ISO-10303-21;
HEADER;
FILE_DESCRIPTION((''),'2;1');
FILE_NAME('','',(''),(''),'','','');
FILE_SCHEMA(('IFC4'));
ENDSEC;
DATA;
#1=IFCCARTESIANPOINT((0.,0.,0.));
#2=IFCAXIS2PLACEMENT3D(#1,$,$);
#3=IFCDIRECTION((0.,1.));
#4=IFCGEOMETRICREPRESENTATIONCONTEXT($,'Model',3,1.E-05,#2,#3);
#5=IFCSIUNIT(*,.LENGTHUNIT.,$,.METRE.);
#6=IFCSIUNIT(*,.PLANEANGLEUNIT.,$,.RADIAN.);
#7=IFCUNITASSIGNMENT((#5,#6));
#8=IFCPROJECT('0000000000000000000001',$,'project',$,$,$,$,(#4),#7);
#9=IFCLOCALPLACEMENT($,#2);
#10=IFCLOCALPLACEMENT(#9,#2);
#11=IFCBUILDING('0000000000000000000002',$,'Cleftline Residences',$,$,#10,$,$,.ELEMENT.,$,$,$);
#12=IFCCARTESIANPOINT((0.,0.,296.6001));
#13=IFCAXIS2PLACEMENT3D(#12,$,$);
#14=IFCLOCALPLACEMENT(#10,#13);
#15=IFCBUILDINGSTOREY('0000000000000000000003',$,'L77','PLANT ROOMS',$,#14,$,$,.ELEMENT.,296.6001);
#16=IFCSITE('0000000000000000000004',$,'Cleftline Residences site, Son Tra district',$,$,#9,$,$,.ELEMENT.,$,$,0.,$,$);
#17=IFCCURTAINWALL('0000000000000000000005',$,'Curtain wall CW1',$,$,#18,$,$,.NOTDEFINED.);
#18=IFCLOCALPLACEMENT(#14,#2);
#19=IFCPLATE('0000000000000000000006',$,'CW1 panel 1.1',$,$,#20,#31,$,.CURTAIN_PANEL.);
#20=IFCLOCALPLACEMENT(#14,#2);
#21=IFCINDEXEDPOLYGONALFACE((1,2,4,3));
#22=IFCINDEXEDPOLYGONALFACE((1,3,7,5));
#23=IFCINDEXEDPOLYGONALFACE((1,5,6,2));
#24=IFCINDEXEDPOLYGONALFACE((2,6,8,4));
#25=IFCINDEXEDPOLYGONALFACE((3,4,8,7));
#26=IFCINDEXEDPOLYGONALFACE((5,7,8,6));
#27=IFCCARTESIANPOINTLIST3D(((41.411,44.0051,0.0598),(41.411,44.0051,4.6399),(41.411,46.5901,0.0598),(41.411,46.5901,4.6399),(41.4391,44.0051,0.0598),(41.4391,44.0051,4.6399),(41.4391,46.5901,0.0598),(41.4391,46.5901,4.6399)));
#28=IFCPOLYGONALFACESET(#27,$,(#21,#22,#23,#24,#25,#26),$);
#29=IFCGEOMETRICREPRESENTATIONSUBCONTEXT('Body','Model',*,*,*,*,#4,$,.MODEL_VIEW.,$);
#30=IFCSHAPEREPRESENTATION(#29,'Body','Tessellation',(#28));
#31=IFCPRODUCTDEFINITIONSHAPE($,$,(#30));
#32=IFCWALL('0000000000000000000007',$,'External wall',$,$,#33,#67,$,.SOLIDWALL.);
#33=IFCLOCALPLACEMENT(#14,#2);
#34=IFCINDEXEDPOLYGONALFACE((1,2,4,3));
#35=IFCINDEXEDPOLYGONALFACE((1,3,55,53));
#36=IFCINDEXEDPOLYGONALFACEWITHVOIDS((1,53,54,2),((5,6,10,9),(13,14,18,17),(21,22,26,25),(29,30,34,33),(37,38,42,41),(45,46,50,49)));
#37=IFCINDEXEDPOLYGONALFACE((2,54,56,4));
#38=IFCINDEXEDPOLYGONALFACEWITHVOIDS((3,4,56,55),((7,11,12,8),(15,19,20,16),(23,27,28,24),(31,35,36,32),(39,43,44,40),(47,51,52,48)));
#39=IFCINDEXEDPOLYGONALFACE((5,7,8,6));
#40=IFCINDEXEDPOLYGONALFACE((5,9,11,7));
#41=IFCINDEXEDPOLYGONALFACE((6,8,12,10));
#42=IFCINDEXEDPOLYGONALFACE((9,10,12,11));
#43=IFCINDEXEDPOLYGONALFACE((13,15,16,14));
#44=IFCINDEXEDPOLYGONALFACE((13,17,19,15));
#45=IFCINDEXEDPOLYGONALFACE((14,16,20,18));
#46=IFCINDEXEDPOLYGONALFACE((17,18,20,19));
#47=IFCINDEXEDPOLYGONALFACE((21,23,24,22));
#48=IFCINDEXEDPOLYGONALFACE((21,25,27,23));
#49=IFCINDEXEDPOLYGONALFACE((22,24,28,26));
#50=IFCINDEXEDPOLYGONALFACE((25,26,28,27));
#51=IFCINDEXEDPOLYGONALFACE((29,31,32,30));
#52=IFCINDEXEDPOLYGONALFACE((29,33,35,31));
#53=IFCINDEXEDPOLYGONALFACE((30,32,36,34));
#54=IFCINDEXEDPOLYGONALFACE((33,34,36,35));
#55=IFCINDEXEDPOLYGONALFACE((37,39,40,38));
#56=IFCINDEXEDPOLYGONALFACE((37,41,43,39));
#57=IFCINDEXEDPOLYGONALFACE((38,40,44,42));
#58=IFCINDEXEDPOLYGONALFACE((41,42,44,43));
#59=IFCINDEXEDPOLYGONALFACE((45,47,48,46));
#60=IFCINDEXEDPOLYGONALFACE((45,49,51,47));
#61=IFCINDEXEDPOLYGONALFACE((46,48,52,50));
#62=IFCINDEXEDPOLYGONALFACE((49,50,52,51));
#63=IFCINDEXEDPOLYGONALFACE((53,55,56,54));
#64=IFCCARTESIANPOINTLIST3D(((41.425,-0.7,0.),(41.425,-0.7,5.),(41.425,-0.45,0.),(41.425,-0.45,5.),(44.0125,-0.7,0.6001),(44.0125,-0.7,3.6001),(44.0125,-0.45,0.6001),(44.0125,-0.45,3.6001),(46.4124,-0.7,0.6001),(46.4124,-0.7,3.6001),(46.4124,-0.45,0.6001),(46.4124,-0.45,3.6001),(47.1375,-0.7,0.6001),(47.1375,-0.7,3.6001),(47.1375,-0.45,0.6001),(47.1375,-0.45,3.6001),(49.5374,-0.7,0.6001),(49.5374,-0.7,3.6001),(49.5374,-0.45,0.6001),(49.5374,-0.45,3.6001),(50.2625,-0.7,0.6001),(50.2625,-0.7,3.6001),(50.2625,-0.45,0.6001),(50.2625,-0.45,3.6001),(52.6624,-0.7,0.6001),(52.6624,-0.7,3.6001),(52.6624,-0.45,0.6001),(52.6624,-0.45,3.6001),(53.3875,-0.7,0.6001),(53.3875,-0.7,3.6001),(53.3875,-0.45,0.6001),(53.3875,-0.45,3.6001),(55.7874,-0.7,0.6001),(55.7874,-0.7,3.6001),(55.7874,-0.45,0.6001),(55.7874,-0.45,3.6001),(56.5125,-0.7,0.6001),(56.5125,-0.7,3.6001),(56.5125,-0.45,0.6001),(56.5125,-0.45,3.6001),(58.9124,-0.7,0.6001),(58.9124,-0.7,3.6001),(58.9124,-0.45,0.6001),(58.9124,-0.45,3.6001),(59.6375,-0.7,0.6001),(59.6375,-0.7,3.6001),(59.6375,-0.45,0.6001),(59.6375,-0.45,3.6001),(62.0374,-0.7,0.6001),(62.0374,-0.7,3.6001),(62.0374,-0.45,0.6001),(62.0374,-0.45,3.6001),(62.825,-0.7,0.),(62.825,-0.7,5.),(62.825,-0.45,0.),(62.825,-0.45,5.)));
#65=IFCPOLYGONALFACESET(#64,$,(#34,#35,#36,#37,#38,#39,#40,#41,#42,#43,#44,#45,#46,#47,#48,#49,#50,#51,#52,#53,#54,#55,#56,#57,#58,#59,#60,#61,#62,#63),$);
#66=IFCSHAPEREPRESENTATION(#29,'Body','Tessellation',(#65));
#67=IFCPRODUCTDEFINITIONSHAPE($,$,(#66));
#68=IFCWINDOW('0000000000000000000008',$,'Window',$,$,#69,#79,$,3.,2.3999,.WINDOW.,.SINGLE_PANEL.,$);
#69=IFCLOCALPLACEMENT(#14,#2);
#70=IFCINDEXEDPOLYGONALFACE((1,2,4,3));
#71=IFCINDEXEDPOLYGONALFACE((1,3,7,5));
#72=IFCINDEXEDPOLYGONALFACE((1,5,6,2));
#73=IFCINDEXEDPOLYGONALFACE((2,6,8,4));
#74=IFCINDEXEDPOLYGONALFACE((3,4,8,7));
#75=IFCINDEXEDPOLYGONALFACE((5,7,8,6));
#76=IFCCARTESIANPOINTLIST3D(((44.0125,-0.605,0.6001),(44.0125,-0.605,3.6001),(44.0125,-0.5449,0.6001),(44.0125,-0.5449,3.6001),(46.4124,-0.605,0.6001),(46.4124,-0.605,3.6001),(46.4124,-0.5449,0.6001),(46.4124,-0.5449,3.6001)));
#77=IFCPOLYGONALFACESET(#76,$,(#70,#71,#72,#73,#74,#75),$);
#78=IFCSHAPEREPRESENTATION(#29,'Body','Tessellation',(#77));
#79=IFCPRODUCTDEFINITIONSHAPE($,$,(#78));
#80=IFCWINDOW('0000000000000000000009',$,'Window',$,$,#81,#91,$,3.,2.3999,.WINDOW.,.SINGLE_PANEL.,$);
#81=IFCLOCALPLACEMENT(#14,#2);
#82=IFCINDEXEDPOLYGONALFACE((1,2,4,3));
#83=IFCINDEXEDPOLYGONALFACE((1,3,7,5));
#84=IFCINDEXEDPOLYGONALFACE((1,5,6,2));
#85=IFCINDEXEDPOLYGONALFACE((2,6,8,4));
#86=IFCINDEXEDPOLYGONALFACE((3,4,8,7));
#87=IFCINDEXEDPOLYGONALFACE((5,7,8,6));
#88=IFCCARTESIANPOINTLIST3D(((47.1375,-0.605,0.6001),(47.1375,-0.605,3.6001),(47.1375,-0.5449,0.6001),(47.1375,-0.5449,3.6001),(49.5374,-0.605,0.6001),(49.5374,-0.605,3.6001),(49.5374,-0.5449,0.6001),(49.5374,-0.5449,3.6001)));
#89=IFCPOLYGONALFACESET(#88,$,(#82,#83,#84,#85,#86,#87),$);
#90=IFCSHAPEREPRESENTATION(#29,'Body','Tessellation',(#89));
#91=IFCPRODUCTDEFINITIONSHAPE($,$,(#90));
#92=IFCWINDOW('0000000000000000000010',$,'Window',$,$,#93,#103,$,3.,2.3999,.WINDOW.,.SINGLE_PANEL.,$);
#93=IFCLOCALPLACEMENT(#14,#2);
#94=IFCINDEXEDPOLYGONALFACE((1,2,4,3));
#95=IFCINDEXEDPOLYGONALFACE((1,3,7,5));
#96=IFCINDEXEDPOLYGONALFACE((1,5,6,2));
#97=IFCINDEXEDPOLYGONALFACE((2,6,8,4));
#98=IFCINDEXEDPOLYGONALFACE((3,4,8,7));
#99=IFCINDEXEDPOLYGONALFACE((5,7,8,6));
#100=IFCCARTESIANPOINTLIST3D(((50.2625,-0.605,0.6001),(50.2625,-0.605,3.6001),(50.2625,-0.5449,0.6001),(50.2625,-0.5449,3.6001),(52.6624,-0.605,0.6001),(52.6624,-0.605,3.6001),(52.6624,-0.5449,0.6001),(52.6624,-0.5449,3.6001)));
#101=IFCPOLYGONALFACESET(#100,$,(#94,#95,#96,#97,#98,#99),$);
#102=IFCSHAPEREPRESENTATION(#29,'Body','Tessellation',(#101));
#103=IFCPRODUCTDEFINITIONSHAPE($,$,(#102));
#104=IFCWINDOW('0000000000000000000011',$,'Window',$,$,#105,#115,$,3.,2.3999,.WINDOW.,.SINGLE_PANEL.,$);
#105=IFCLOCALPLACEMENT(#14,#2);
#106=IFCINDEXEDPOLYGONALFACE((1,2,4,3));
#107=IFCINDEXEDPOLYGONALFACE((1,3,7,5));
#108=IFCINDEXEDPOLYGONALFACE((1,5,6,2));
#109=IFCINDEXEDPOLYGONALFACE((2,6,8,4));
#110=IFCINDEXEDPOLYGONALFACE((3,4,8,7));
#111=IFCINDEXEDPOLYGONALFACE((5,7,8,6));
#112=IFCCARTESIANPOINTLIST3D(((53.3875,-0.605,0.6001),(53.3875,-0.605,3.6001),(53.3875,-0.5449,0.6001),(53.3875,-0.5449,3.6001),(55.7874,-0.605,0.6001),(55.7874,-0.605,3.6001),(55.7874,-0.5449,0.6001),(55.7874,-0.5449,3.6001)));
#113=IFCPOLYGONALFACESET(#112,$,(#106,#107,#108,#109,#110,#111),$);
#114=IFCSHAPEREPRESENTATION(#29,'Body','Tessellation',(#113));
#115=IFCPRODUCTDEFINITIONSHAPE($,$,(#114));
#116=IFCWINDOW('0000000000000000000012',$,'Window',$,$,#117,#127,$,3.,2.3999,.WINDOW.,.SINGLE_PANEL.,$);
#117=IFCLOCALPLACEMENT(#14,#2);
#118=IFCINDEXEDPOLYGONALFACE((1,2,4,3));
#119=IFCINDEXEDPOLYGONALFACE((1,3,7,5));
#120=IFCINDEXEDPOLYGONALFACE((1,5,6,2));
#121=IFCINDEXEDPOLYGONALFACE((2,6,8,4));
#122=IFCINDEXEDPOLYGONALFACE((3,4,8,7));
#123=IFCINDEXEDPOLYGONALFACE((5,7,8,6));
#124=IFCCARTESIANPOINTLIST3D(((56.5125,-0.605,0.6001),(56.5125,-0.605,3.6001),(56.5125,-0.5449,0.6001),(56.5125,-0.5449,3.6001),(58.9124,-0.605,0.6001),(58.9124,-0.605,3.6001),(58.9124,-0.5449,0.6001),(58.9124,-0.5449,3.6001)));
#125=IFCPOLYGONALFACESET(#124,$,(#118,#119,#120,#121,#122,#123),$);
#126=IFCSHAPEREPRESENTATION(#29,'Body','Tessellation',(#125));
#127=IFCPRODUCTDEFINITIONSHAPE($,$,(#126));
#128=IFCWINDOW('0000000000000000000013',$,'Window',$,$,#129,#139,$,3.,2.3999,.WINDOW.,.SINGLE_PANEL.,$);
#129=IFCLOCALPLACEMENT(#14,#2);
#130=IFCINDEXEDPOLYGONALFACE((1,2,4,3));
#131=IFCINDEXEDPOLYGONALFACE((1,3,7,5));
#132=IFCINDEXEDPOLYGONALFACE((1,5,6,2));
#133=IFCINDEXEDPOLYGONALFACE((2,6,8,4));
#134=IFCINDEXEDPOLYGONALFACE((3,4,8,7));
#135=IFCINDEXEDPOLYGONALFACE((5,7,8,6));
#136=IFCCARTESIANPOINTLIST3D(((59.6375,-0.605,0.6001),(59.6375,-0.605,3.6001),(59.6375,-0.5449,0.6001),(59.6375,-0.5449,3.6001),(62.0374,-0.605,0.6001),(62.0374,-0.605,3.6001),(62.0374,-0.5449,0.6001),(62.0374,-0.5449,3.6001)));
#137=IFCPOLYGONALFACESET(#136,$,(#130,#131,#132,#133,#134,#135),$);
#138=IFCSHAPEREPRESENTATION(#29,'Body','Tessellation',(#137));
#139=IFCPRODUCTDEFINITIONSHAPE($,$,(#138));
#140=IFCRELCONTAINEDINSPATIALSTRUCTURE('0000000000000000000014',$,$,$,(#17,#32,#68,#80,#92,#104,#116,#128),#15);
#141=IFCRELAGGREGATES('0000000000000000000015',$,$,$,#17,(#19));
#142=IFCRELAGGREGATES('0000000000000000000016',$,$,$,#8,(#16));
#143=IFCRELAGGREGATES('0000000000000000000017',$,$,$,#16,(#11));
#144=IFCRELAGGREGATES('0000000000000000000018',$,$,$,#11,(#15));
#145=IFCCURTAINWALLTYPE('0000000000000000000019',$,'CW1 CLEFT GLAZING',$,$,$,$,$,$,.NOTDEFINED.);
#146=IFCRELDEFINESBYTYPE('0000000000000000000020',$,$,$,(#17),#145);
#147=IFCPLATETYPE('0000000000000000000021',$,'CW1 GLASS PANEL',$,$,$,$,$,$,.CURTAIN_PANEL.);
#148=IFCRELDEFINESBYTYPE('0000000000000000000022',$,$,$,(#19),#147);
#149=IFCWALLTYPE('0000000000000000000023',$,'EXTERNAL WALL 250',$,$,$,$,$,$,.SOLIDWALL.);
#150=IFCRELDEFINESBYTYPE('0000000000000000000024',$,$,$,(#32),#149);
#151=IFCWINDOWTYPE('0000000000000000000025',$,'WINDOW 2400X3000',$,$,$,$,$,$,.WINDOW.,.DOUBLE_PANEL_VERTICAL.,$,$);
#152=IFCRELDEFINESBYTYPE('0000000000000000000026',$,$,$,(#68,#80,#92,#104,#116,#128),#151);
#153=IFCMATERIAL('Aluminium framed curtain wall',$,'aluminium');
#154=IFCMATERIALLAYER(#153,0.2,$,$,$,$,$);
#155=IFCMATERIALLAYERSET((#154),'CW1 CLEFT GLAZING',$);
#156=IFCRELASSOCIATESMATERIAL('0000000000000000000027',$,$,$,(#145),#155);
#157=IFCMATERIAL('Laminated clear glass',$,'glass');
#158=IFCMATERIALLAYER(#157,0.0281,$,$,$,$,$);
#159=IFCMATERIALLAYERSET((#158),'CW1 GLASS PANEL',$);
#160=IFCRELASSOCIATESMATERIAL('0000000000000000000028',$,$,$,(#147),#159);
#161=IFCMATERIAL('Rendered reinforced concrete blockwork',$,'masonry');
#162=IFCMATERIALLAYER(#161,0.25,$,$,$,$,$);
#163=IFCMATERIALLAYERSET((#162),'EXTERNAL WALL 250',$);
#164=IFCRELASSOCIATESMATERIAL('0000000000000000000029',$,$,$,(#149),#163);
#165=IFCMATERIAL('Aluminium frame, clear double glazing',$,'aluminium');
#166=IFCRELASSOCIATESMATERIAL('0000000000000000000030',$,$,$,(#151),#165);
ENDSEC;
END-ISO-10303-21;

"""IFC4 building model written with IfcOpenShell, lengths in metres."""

from ifc_helpers import new_model, si_unit, direction, frame, frame_2d, origin, origin_2d, place, context, subcontext, project, spatial, rectangle, extrude, material, layer, layer_set, type_object, element, fill, aggregate, save


model = new_model("IFC4")

# Units and contexts
model_context = context("Model", 3, precision=1e-05, world=origin(), true_north=direction((0.0, 1.0)))
body_context = subcontext(model_context, "Body", "Model", "MODEL_VIEW")
ifc_project = project(units=[si_unit("LENGTHUNIT", "METRE"), si_unit("PLANEANGLEUNIT", "RADIAN")], contexts=[model_context])

# Site, building, storey
site_placement = place(None, origin())
site = spatial("IfcSite", under=ifc_project, at=site_placement, Name="Cleftline Residences site, Son Tra district", CompositionType="ELEMENT", RefElevation=0.0)
building_placement = place(site_placement, origin())
building = spatial("IfcBuilding", under=site, at=building_placement, Name="Cleftline Residences", CompositionType="ELEMENT")
storey_placement = place(building_placement, frame((0.0, 0.0, 296.6001)))
storey = spatial("IfcBuildingStorey", under=building, at=storey_placement, Name="L77", Description="PLANT ROOMS", CompositionType="ELEMENT", Elevation=296.6001)

# Curtain wall
ifc_material_1 = material(Name="Aluminium framed curtain wall", Category="aluminium")
ifc_layer_1 = layer(ifc_material_1, 0.2)
ifc_layer_set_1 = layer_set([ifc_layer_1], Name="CW1 CLEFT GLAZING")
curtain_wall_type = type_object("IfcCurtainWallType", Name="CW1 CLEFT GLAZING", PredefinedType="NOTDEFINED", material=ifc_layer_set_1)
curtain_wall_1_placement = place(storey_placement, origin())
curtain_wall_1 = element("IfcCurtainWall", 1, at=curtain_wall_1_placement, inside=storey, type_object=curtain_wall_type, Name="Curtain wall CW1", PredefinedType="NOTDEFINED")

# Plate
ifc_material_2 = material(Name="Laminated clear glass", Category="glass")
ifc_layer_2 = layer(ifc_material_2, 0.0281)
ifc_layer_set_2 = layer_set([ifc_layer_2], Name="CW1 GLASS PANEL")
plate_type = type_object("IfcPlateType", Name="CW1 GLASS PANEL", PredefinedType="CURTAIN_PANEL", material=ifc_layer_set_2)
plate_1_placement = place(storey_placement, frame((41.425, 45.2976, 0.0598), z_axis=(0.0, 0.0, 1.0), x_axis=(0.0, -1.0, 0.0)))
plate_1 = element("IfcPlate", 2, at=plate_1_placement, type_object=plate_type, Name="CW1 panel 1.1", PredefinedType="CURTAIN_PANEL", context=body_context, shape_type="SweptSolid", body=[
    extrude(rectangle(XDim=2.585, YDim=0.0281, at=origin_2d()), origin(), (0.0, 0.0, 1.0), 4.5801),
])
aggregate(curtain_wall_1, [plate_1])

# Wall, openings, windows
ifc_material_3 = material(Name="Rendered reinforced concrete blockwork", Category="masonry")
ifc_layer_3 = layer(ifc_material_3, 0.25)
ifc_layer_set_3 = layer_set([ifc_layer_3], Name="EXTERNAL WALL 250")
wall_type = type_object("IfcWallType", Name="EXTERNAL WALL 250", PredefinedType="SOLIDWALL", material=ifc_layer_set_3)
wall_placement = place(storey_placement, frame((41.425, -0.575, 0.0), z_axis=(0.0, 0.0, 1.0), x_axis=(1.0, 0.0, 0.0)))
wall = element("IfcWall", 3, at=wall_placement, inside=storey, type_object=wall_type, Name="External wall", PredefinedType="SOLIDWALL", context=body_context, shape_type="SweptSolid", body=[
    extrude(rectangle(XDim=21.3999, YDim=0.25, at=frame_2d((10.7, 0.0))), origin(), (0.0, 0.0, 1.0), 5.0),
])
opening_1_placement = place(wall_placement, frame((2.5874, 0.0, 0.6001)))
opening_1 = element("IfcOpeningElement", 4, at=opening_1_placement, cuts=wall, PredefinedType="OPENING", context=body_context, shape_type="SweptSolid", body=[
    extrude(rectangle(XDim=2.3999, YDim=3.0, at=frame_2d((1.2, 1.5))), frame((0.0, 0.135, 0.0), z_axis=(0.0, -1.0, 0.0), x_axis=(1.0, 0.0, 0.0)), (0.0, 0.0, 1.0), 0.27),
])
opening_2_placement = place(wall_placement, frame((5.7124, 0.0, 0.6001)))
opening_2 = element("IfcOpeningElement", 5, at=opening_2_placement, cuts=wall, PredefinedType="OPENING", context=body_context, shape_type="SweptSolid", body=[
    extrude(rectangle(XDim=2.3999, YDim=3.0, at=frame_2d((1.2, 1.5))), frame((0.0, 0.135, 0.0), z_axis=(0.0, -1.0, 0.0), x_axis=(1.0, 0.0, 0.0)), (0.0, 0.0, 1.0), 0.27),
])
opening_3_placement = place(wall_placement, frame((8.8374, 0.0, 0.6001)))
opening_3 = element("IfcOpeningElement", 6, at=opening_3_placement, cuts=wall, PredefinedType="OPENING", context=body_context, shape_type="SweptSolid", body=[
    extrude(rectangle(XDim=2.3999, YDim=3.0, at=frame_2d((1.2, 1.5))), frame((0.0, 0.135, 0.0), z_axis=(0.0, -1.0, 0.0), x_axis=(1.0, 0.0, 0.0)), (0.0, 0.0, 1.0), 0.27),
])
opening_4_placement = place(wall_placement, frame((11.9624, 0.0, 0.6001)))
opening_4 = element("IfcOpeningElement", 7, at=opening_4_placement, cuts=wall, PredefinedType="OPENING", context=body_context, shape_type="SweptSolid", body=[
    extrude(rectangle(XDim=2.3999, YDim=3.0, at=frame_2d((1.2, 1.5))), frame((0.0, 0.135, 0.0), z_axis=(0.0, -1.0, 0.0), x_axis=(1.0, 0.0, 0.0)), (0.0, 0.0, 1.0), 0.27),
])
opening_5_placement = place(wall_placement, frame((15.0874, 0.0, 0.6001)))
opening_5 = element("IfcOpeningElement", 8, at=opening_5_placement, cuts=wall, PredefinedType="OPENING", context=body_context, shape_type="SweptSolid", body=[
    extrude(rectangle(XDim=2.3999, YDim=3.0, at=frame_2d((1.2, 1.5))), frame((0.0, 0.135, 0.0), z_axis=(0.0, -1.0, 0.0), x_axis=(1.0, 0.0, 0.0)), (0.0, 0.0, 1.0), 0.27),
])
opening_6_placement = place(wall_placement, frame((18.2124, 0.0, 0.6001)))
opening_6 = element("IfcOpeningElement", 9, at=opening_6_placement, cuts=wall, PredefinedType="OPENING", context=body_context, shape_type="SweptSolid", body=[
    extrude(rectangle(XDim=2.3999, YDim=3.0, at=frame_2d((1.2, 1.5))), frame((0.0, 0.135, 0.0), z_axis=(0.0, -1.0, 0.0), x_axis=(1.0, 0.0, 0.0)), (0.0, 0.0, 1.0), 0.27),
])
ifc_material_4 = material(Name="Aluminium frame, clear double glazing", Category="aluminium")
window_type = type_object("IfcWindowType", Name="WINDOW 2400X3000", PartitioningType="DOUBLE_PANEL_VERTICAL", PredefinedType="WINDOW", material=ifc_material_4)
window_1_placement = place(opening_1_placement, origin())
window_1 = element("IfcWindow", 10, at=window_1_placement, inside=storey, type_object=window_type, Name="Window", OverallHeight=3.0, OverallWidth=2.3999, PartitioningType="SINGLE_PANEL", PredefinedType="WINDOW", context=body_context, shape_type="SweptSolid", body=[
    extrude(rectangle(XDim=2.3999, YDim=3.0, at=frame_2d((1.2, 1.5))), frame((0.0, 0.03, 0.0), z_axis=(0.0, -1.0, 0.0), x_axis=(1.0, 0.0, 0.0)), (0.0, 0.0, 1.0), 0.0601),
])
fill(opening_1, window_1)
window_2_placement = place(opening_2_placement, origin())
window_2 = element("IfcWindow", 11, at=window_2_placement, inside=storey, type_object=window_type, Name="Window", OverallHeight=3.0, OverallWidth=2.3999, PartitioningType="SINGLE_PANEL", PredefinedType="WINDOW", context=body_context, shape_type="SweptSolid", body=[
    extrude(rectangle(XDim=2.3999, YDim=3.0, at=frame_2d((1.2, 1.5))), frame((0.0, 0.03, 0.0), z_axis=(0.0, -1.0, 0.0), x_axis=(1.0, 0.0, 0.0)), (0.0, 0.0, 1.0), 0.0601),
])
fill(opening_2, window_2)
window_3_placement = place(opening_3_placement, origin())
window_3 = element("IfcWindow", 12, at=window_3_placement, inside=storey, type_object=window_type, Name="Window", OverallHeight=3.0, OverallWidth=2.3999, PartitioningType="SINGLE_PANEL", PredefinedType="WINDOW", context=body_context, shape_type="SweptSolid", body=[
    extrude(rectangle(XDim=2.3999, YDim=3.0, at=frame_2d((1.2, 1.5))), frame((0.0, 0.03, 0.0), z_axis=(0.0, -1.0, 0.0), x_axis=(1.0, 0.0, 0.0)), (0.0, 0.0, 1.0), 0.0601),
])
fill(opening_3, window_3)
window_4_placement = place(opening_4_placement, origin())
window_4 = element("IfcWindow", 13, at=window_4_placement, inside=storey, type_object=window_type, Name="Window", OverallHeight=3.0, OverallWidth=2.3999, PartitioningType="SINGLE_PANEL", PredefinedType="WINDOW", context=body_context, shape_type="SweptSolid", body=[
    extrude(rectangle(XDim=2.3999, YDim=3.0, at=frame_2d((1.2, 1.5))), frame((0.0, 0.03, 0.0), z_axis=(0.0, -1.0, 0.0), x_axis=(1.0, 0.0, 0.0)), (0.0, 0.0, 1.0), 0.0601),
])
fill(opening_4, window_4)
window_5_placement = place(opening_5_placement, origin())
window_5 = element("IfcWindow", 14, at=window_5_placement, inside=storey, type_object=window_type, Name="Window", OverallHeight=3.0, OverallWidth=2.3999, PartitioningType="SINGLE_PANEL", PredefinedType="WINDOW", context=body_context, shape_type="SweptSolid", body=[
    extrude(rectangle(XDim=2.3999, YDim=3.0, at=frame_2d((1.2, 1.5))), frame((0.0, 0.03, 0.0), z_axis=(0.0, -1.0, 0.0), x_axis=(1.0, 0.0, 0.0)), (0.0, 0.0, 1.0), 0.0601),
])
fill(opening_5, window_5)
window_6_placement = place(opening_6_placement, origin())
window_6 = element("IfcWindow", 15, at=window_6_placement, inside=storey, type_object=window_type, Name="Window", OverallHeight=3.0, OverallWidth=2.3999, PartitioningType="SINGLE_PANEL", PredefinedType="WINDOW", context=body_context, shape_type="SweptSolid", body=[
    extrude(rectangle(XDim=2.3999, YDim=3.0, at=frame_2d((1.2, 1.5))), frame((0.0, 0.03, 0.0), z_axis=(0.0, -1.0, 0.0), x_axis=(1.0, 0.0, 0.0)), (0.0, 0.0, 1.0), 0.0601),
])
fill(opening_6, window_6)

save(model, "model.ifc")
